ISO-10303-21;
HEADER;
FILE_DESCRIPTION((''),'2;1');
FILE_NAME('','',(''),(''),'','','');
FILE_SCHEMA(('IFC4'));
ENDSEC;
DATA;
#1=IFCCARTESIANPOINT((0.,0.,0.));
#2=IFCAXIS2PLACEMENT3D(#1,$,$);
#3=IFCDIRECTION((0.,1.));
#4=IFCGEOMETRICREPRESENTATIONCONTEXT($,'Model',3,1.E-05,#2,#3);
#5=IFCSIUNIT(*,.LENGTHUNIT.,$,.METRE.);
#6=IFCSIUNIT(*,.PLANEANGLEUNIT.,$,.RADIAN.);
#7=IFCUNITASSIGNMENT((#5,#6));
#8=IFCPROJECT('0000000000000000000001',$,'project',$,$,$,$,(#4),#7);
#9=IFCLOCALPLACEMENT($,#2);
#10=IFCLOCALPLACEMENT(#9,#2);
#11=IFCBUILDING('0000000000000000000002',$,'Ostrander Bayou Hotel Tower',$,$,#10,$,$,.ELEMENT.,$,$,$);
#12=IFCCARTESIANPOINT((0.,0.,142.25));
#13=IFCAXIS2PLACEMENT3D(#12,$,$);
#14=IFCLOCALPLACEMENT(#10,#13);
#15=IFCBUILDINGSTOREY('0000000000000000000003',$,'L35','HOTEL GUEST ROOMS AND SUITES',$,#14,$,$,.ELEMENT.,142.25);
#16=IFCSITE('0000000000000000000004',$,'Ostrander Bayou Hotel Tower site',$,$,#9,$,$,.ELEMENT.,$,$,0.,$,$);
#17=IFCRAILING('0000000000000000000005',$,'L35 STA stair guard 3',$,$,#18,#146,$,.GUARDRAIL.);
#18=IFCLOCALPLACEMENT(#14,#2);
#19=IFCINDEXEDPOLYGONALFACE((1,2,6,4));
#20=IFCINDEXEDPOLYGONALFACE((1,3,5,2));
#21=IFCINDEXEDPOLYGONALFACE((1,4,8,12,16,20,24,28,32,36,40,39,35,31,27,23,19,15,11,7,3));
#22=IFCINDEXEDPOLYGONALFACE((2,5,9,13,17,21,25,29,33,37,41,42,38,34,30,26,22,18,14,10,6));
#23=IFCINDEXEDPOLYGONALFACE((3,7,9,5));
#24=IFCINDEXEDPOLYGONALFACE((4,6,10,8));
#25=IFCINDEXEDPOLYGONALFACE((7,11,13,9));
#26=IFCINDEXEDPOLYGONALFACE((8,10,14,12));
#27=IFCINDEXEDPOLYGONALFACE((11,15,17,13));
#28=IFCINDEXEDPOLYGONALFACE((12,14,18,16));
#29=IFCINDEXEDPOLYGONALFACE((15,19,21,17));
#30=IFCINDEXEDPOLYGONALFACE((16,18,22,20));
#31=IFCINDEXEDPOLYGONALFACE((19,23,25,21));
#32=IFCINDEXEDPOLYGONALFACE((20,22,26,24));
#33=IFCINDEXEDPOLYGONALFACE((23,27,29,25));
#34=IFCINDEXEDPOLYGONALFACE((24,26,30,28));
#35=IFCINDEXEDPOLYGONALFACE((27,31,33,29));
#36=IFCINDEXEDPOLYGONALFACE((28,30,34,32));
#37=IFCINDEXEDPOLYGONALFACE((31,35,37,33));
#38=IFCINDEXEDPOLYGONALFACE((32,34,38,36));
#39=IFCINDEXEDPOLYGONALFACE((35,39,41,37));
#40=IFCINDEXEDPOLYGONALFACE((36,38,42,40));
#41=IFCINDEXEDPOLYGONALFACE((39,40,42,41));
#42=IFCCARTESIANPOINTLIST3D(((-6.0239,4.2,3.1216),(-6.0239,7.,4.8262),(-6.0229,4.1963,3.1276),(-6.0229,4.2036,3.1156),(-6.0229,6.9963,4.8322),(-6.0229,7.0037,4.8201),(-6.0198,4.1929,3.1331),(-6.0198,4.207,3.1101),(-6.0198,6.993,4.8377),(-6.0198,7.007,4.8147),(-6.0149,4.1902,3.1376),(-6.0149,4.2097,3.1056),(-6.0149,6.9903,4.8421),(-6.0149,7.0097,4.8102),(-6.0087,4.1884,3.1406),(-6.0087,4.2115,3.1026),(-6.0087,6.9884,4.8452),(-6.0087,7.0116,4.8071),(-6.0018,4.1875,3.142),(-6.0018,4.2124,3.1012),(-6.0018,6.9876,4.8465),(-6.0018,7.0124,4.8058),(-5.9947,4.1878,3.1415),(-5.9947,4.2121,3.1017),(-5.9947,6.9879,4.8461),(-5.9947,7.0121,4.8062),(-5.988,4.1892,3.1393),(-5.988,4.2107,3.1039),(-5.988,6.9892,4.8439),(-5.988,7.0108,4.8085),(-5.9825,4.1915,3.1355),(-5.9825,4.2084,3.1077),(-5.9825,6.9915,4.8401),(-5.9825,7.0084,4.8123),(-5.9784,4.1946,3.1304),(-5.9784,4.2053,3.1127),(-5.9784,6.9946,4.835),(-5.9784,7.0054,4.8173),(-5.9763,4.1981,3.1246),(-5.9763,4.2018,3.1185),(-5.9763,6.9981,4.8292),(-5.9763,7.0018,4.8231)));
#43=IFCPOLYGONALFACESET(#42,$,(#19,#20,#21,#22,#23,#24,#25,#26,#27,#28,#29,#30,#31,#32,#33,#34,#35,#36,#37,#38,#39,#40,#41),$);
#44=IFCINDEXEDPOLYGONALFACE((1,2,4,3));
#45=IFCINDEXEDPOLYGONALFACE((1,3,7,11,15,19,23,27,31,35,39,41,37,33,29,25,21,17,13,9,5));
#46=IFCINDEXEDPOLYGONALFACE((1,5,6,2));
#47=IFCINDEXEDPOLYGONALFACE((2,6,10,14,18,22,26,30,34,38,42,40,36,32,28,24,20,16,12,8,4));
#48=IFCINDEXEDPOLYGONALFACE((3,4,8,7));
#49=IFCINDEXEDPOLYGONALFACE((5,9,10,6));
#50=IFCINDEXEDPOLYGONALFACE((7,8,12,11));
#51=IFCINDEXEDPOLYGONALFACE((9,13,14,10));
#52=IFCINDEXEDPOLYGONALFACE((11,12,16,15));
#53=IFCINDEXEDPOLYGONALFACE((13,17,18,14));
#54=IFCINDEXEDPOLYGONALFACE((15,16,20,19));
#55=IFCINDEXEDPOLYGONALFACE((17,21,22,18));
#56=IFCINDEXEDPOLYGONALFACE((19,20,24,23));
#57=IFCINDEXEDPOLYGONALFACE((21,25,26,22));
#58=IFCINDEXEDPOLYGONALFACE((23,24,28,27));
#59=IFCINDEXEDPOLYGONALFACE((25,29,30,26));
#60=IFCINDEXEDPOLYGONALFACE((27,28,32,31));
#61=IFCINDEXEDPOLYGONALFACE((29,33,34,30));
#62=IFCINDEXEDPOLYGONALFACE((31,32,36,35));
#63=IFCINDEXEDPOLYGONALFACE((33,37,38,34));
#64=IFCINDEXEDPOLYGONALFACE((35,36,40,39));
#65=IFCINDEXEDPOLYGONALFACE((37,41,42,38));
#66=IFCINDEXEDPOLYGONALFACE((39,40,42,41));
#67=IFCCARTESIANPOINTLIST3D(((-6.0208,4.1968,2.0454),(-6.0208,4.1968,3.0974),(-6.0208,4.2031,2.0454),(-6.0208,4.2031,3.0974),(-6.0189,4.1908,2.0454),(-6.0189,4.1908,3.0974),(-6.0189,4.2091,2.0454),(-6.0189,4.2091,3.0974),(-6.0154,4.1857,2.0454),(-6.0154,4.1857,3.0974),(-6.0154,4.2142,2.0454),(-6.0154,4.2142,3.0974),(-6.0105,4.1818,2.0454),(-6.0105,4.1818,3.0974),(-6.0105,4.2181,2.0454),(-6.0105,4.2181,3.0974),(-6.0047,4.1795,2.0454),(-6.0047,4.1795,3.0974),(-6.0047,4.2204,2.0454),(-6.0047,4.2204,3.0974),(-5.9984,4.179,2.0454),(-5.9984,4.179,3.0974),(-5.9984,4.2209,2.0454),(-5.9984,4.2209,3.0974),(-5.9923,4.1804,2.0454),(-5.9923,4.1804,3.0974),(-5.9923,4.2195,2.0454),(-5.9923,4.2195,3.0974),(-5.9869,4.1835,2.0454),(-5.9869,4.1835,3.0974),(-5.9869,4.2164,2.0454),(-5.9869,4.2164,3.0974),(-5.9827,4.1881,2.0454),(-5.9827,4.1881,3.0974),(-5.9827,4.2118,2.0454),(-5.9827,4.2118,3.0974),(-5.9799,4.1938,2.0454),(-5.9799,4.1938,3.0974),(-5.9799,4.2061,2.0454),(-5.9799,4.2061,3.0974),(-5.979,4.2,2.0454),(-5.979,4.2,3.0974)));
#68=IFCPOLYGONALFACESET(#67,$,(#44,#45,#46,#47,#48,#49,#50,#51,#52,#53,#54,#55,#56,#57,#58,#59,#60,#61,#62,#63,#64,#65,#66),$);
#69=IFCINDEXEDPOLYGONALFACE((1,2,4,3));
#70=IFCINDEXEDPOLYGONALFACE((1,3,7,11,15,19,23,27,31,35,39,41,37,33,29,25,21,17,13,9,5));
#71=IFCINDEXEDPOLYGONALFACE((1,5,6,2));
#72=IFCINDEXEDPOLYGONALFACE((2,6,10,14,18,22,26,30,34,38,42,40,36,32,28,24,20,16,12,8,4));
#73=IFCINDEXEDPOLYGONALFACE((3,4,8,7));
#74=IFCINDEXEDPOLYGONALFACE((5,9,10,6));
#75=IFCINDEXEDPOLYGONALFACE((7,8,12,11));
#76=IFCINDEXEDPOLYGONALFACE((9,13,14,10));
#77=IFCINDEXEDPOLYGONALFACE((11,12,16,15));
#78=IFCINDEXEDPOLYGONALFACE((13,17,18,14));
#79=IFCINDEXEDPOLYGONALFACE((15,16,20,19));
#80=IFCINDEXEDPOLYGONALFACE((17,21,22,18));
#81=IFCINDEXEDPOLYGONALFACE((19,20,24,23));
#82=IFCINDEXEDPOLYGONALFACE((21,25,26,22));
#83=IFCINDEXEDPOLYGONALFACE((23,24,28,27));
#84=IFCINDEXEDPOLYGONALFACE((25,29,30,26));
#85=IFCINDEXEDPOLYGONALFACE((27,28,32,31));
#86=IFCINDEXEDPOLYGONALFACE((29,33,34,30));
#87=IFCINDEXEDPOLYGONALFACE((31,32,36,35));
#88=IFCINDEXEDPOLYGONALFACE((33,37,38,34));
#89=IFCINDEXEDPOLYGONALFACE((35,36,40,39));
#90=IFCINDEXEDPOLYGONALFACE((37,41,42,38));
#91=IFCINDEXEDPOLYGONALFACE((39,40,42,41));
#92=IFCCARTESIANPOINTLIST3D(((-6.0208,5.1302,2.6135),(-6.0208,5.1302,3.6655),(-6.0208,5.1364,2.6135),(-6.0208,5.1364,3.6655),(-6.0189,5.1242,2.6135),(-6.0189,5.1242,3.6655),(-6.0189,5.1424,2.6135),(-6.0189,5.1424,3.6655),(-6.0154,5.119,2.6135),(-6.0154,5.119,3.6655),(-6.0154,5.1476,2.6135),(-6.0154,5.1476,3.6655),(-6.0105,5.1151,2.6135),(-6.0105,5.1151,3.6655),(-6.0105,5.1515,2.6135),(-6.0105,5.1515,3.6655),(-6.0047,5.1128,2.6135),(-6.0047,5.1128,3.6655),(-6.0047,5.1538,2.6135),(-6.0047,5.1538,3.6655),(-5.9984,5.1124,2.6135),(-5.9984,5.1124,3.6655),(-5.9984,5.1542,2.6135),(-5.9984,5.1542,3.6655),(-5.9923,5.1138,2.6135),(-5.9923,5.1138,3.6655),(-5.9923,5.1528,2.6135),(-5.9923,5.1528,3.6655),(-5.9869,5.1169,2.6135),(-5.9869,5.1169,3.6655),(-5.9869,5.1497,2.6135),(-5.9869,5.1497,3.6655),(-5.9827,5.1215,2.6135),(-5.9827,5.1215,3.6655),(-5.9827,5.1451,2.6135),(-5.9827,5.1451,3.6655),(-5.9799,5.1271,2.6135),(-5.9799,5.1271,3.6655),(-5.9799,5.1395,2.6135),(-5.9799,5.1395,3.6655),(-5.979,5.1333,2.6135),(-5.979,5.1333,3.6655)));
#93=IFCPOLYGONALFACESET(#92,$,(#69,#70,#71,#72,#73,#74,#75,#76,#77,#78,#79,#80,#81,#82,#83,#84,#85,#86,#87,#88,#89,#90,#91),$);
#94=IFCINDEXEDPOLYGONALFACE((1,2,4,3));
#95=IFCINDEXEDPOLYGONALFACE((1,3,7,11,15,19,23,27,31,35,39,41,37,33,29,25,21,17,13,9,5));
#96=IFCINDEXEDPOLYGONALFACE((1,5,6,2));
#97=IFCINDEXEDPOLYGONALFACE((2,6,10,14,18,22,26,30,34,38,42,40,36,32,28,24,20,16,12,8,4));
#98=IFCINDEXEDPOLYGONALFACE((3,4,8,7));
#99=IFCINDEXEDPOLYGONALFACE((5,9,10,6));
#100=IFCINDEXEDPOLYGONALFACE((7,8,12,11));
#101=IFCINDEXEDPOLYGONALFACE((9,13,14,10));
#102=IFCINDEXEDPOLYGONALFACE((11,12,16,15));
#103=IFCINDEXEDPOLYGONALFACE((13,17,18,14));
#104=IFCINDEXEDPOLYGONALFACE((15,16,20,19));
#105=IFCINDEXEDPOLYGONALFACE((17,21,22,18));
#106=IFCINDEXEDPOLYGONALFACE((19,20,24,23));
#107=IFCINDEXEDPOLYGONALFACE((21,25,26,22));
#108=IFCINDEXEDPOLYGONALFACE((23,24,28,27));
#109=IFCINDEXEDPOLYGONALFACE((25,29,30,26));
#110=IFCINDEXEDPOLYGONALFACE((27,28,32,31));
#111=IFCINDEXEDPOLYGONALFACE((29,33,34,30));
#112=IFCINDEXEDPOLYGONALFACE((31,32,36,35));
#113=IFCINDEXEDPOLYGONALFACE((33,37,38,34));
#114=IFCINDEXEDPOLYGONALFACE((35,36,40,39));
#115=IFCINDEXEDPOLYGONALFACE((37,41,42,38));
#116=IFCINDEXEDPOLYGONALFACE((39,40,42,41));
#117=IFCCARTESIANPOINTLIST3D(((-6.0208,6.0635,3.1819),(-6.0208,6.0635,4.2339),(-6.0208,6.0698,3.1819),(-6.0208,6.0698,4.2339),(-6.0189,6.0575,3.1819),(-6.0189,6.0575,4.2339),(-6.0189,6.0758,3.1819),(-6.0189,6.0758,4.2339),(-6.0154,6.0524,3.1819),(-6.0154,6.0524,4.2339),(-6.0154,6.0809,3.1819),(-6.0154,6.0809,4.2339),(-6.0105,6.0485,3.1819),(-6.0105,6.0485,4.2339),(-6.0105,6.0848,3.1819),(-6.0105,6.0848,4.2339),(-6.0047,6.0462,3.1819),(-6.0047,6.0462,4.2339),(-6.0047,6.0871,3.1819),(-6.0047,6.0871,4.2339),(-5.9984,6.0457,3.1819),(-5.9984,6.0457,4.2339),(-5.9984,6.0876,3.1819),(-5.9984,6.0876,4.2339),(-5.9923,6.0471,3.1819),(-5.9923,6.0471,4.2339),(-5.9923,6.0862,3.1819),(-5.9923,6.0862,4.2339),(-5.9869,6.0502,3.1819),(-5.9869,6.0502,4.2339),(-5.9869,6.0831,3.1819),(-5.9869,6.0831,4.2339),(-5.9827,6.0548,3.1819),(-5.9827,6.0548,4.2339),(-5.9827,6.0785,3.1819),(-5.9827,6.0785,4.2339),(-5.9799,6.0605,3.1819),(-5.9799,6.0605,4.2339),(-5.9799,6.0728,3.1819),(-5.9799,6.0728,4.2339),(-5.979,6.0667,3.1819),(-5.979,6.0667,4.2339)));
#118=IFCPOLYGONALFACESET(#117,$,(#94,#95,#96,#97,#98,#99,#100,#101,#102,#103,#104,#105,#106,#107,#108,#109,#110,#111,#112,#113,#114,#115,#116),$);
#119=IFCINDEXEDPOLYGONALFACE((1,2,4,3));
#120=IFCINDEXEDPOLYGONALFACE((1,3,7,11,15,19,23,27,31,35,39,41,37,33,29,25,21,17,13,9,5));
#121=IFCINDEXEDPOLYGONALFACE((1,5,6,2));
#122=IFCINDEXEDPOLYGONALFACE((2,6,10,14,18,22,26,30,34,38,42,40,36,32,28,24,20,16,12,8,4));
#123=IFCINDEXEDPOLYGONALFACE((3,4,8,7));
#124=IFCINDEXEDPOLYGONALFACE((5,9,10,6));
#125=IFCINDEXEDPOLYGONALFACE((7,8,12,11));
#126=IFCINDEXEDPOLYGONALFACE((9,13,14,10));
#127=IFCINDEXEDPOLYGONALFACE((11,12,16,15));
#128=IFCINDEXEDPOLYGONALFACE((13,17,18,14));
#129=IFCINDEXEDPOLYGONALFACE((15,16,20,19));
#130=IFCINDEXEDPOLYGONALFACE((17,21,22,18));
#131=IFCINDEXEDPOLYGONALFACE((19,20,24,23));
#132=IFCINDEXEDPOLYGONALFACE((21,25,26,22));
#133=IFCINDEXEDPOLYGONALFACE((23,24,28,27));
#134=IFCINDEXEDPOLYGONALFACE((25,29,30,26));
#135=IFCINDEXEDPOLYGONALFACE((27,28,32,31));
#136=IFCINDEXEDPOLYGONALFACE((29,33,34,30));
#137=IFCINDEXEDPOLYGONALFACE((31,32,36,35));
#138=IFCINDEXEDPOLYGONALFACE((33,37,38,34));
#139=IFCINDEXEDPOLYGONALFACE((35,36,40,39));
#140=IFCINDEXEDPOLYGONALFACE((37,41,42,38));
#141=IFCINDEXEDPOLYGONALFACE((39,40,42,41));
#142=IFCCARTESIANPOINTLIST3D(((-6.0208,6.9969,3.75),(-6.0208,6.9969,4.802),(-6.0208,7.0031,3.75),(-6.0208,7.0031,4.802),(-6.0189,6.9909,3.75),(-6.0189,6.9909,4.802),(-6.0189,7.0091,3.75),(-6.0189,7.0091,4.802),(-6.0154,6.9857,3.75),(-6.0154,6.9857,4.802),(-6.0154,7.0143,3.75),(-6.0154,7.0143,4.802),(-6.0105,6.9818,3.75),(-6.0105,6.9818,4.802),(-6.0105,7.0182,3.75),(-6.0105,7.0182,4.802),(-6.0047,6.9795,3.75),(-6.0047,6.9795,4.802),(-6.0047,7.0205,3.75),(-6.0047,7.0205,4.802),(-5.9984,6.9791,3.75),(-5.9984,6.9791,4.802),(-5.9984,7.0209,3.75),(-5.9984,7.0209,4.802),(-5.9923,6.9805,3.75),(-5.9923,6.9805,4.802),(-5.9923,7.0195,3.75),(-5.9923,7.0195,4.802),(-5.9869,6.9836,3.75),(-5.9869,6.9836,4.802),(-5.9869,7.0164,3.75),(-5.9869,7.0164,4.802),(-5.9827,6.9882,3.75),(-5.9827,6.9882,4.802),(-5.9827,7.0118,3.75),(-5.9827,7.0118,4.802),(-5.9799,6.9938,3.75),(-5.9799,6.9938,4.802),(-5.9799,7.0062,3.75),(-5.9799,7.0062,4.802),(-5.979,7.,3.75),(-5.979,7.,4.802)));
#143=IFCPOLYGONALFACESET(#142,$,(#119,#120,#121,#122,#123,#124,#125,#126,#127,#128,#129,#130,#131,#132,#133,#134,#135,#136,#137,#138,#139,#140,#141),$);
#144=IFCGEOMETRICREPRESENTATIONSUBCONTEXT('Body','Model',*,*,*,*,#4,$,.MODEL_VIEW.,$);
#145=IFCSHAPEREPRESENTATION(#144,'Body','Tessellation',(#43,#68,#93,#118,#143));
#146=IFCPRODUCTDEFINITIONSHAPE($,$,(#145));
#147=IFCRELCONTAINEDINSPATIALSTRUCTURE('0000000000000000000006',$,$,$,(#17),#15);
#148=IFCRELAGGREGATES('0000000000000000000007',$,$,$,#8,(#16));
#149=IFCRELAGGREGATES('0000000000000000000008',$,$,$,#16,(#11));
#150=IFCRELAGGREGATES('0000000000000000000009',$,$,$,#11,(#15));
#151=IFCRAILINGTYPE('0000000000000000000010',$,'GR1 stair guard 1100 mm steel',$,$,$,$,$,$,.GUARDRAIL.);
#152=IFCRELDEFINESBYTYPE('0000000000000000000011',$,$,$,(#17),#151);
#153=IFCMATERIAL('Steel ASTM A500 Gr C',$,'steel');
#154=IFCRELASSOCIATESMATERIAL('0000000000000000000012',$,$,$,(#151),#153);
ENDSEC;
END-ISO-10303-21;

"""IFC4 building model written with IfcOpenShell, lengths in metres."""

from ifc_helpers import new_model, si_unit, direction, frame, origin, origin_2d, place, context, subcontext, project, spatial, circle, extrude, material, type_object, element, save


model = new_model("IFC4")

# Units and contexts
model_context = context("Model", 3, precision=1e-05, world=origin(), true_north=direction((0.0, 1.0)))
body_context = subcontext(model_context, "Body", "Model", "MODEL_VIEW")
ifc_project = project(units=[si_unit("LENGTHUNIT", "METRE"), si_unit("PLANEANGLEUNIT", "RADIAN")], contexts=[model_context])

# Site, building, storey
site_placement = place(None, origin())
site = spatial("IfcSite", under=ifc_project, at=site_placement, Name="Ostrander Bayou Hotel Tower site", CompositionType="ELEMENT", RefElevation=0.0)
building_placement = place(site_placement, origin())
building = spatial("IfcBuilding", under=site, at=building_placement, Name="Ostrander Bayou Hotel Tower", CompositionType="ELEMENT")
storey_placement = place(building_placement, frame((0.0, 0.0, 142.25)))
storey = spatial("IfcBuildingStorey", under=building, at=storey_placement, Name="L35", Description="HOTEL GUEST ROOMS AND SUITES", CompositionType="ELEMENT", Elevation=142.25)

# Railing
ifc_material_1 = material(Name="Steel ASTM A500 Gr C", Category="steel")
railing_type_1 = type_object("IfcRailingType", Name="GR1 stair guard 1100 mm steel", PredefinedType="GUARDRAIL", material=ifc_material_1)
railing_1_placement = place(storey_placement, frame((-6.0, 4.2, 2.0454)))
element("IfcRailing", 1, at=railing_1_placement, inside=storey, type_object=railing_type_1, Name="L35 STA stair guard 3", PredefinedType="GUARDRAIL", context=body_context, shape_type="SweptSolid", body=[
    extrude(circle(Radius=0.0239, at=origin_2d()), frame((0.0, 0.0, 1.0762), z_axis=(0.0, 0.85417, 0.519994), x_axis=(-1.0, 0.0, 0.0)), (0.0, 0.0, 1.0), 3.2781),
    extrude(circle(Radius=0.021, at=origin_2d()), origin(), (0.0, 0.0, 1.0), 1.052),
    extrude(circle(Radius=0.021, at=origin_2d()), frame((0.0, 0.9333, 0.5681)), (0.0, 0.0, 1.0), 1.052),
    extrude(circle(Radius=0.021, at=origin_2d()), frame((0.0, 1.8667, 1.1365)), (0.0, 0.0, 1.0), 1.052),
    extrude(circle(Radius=0.021, at=origin_2d()), frame((0.0, 2.8, 1.7046)), (0.0, 0.0, 1.0), 1.052),
])

save(model, "model.ifc")
